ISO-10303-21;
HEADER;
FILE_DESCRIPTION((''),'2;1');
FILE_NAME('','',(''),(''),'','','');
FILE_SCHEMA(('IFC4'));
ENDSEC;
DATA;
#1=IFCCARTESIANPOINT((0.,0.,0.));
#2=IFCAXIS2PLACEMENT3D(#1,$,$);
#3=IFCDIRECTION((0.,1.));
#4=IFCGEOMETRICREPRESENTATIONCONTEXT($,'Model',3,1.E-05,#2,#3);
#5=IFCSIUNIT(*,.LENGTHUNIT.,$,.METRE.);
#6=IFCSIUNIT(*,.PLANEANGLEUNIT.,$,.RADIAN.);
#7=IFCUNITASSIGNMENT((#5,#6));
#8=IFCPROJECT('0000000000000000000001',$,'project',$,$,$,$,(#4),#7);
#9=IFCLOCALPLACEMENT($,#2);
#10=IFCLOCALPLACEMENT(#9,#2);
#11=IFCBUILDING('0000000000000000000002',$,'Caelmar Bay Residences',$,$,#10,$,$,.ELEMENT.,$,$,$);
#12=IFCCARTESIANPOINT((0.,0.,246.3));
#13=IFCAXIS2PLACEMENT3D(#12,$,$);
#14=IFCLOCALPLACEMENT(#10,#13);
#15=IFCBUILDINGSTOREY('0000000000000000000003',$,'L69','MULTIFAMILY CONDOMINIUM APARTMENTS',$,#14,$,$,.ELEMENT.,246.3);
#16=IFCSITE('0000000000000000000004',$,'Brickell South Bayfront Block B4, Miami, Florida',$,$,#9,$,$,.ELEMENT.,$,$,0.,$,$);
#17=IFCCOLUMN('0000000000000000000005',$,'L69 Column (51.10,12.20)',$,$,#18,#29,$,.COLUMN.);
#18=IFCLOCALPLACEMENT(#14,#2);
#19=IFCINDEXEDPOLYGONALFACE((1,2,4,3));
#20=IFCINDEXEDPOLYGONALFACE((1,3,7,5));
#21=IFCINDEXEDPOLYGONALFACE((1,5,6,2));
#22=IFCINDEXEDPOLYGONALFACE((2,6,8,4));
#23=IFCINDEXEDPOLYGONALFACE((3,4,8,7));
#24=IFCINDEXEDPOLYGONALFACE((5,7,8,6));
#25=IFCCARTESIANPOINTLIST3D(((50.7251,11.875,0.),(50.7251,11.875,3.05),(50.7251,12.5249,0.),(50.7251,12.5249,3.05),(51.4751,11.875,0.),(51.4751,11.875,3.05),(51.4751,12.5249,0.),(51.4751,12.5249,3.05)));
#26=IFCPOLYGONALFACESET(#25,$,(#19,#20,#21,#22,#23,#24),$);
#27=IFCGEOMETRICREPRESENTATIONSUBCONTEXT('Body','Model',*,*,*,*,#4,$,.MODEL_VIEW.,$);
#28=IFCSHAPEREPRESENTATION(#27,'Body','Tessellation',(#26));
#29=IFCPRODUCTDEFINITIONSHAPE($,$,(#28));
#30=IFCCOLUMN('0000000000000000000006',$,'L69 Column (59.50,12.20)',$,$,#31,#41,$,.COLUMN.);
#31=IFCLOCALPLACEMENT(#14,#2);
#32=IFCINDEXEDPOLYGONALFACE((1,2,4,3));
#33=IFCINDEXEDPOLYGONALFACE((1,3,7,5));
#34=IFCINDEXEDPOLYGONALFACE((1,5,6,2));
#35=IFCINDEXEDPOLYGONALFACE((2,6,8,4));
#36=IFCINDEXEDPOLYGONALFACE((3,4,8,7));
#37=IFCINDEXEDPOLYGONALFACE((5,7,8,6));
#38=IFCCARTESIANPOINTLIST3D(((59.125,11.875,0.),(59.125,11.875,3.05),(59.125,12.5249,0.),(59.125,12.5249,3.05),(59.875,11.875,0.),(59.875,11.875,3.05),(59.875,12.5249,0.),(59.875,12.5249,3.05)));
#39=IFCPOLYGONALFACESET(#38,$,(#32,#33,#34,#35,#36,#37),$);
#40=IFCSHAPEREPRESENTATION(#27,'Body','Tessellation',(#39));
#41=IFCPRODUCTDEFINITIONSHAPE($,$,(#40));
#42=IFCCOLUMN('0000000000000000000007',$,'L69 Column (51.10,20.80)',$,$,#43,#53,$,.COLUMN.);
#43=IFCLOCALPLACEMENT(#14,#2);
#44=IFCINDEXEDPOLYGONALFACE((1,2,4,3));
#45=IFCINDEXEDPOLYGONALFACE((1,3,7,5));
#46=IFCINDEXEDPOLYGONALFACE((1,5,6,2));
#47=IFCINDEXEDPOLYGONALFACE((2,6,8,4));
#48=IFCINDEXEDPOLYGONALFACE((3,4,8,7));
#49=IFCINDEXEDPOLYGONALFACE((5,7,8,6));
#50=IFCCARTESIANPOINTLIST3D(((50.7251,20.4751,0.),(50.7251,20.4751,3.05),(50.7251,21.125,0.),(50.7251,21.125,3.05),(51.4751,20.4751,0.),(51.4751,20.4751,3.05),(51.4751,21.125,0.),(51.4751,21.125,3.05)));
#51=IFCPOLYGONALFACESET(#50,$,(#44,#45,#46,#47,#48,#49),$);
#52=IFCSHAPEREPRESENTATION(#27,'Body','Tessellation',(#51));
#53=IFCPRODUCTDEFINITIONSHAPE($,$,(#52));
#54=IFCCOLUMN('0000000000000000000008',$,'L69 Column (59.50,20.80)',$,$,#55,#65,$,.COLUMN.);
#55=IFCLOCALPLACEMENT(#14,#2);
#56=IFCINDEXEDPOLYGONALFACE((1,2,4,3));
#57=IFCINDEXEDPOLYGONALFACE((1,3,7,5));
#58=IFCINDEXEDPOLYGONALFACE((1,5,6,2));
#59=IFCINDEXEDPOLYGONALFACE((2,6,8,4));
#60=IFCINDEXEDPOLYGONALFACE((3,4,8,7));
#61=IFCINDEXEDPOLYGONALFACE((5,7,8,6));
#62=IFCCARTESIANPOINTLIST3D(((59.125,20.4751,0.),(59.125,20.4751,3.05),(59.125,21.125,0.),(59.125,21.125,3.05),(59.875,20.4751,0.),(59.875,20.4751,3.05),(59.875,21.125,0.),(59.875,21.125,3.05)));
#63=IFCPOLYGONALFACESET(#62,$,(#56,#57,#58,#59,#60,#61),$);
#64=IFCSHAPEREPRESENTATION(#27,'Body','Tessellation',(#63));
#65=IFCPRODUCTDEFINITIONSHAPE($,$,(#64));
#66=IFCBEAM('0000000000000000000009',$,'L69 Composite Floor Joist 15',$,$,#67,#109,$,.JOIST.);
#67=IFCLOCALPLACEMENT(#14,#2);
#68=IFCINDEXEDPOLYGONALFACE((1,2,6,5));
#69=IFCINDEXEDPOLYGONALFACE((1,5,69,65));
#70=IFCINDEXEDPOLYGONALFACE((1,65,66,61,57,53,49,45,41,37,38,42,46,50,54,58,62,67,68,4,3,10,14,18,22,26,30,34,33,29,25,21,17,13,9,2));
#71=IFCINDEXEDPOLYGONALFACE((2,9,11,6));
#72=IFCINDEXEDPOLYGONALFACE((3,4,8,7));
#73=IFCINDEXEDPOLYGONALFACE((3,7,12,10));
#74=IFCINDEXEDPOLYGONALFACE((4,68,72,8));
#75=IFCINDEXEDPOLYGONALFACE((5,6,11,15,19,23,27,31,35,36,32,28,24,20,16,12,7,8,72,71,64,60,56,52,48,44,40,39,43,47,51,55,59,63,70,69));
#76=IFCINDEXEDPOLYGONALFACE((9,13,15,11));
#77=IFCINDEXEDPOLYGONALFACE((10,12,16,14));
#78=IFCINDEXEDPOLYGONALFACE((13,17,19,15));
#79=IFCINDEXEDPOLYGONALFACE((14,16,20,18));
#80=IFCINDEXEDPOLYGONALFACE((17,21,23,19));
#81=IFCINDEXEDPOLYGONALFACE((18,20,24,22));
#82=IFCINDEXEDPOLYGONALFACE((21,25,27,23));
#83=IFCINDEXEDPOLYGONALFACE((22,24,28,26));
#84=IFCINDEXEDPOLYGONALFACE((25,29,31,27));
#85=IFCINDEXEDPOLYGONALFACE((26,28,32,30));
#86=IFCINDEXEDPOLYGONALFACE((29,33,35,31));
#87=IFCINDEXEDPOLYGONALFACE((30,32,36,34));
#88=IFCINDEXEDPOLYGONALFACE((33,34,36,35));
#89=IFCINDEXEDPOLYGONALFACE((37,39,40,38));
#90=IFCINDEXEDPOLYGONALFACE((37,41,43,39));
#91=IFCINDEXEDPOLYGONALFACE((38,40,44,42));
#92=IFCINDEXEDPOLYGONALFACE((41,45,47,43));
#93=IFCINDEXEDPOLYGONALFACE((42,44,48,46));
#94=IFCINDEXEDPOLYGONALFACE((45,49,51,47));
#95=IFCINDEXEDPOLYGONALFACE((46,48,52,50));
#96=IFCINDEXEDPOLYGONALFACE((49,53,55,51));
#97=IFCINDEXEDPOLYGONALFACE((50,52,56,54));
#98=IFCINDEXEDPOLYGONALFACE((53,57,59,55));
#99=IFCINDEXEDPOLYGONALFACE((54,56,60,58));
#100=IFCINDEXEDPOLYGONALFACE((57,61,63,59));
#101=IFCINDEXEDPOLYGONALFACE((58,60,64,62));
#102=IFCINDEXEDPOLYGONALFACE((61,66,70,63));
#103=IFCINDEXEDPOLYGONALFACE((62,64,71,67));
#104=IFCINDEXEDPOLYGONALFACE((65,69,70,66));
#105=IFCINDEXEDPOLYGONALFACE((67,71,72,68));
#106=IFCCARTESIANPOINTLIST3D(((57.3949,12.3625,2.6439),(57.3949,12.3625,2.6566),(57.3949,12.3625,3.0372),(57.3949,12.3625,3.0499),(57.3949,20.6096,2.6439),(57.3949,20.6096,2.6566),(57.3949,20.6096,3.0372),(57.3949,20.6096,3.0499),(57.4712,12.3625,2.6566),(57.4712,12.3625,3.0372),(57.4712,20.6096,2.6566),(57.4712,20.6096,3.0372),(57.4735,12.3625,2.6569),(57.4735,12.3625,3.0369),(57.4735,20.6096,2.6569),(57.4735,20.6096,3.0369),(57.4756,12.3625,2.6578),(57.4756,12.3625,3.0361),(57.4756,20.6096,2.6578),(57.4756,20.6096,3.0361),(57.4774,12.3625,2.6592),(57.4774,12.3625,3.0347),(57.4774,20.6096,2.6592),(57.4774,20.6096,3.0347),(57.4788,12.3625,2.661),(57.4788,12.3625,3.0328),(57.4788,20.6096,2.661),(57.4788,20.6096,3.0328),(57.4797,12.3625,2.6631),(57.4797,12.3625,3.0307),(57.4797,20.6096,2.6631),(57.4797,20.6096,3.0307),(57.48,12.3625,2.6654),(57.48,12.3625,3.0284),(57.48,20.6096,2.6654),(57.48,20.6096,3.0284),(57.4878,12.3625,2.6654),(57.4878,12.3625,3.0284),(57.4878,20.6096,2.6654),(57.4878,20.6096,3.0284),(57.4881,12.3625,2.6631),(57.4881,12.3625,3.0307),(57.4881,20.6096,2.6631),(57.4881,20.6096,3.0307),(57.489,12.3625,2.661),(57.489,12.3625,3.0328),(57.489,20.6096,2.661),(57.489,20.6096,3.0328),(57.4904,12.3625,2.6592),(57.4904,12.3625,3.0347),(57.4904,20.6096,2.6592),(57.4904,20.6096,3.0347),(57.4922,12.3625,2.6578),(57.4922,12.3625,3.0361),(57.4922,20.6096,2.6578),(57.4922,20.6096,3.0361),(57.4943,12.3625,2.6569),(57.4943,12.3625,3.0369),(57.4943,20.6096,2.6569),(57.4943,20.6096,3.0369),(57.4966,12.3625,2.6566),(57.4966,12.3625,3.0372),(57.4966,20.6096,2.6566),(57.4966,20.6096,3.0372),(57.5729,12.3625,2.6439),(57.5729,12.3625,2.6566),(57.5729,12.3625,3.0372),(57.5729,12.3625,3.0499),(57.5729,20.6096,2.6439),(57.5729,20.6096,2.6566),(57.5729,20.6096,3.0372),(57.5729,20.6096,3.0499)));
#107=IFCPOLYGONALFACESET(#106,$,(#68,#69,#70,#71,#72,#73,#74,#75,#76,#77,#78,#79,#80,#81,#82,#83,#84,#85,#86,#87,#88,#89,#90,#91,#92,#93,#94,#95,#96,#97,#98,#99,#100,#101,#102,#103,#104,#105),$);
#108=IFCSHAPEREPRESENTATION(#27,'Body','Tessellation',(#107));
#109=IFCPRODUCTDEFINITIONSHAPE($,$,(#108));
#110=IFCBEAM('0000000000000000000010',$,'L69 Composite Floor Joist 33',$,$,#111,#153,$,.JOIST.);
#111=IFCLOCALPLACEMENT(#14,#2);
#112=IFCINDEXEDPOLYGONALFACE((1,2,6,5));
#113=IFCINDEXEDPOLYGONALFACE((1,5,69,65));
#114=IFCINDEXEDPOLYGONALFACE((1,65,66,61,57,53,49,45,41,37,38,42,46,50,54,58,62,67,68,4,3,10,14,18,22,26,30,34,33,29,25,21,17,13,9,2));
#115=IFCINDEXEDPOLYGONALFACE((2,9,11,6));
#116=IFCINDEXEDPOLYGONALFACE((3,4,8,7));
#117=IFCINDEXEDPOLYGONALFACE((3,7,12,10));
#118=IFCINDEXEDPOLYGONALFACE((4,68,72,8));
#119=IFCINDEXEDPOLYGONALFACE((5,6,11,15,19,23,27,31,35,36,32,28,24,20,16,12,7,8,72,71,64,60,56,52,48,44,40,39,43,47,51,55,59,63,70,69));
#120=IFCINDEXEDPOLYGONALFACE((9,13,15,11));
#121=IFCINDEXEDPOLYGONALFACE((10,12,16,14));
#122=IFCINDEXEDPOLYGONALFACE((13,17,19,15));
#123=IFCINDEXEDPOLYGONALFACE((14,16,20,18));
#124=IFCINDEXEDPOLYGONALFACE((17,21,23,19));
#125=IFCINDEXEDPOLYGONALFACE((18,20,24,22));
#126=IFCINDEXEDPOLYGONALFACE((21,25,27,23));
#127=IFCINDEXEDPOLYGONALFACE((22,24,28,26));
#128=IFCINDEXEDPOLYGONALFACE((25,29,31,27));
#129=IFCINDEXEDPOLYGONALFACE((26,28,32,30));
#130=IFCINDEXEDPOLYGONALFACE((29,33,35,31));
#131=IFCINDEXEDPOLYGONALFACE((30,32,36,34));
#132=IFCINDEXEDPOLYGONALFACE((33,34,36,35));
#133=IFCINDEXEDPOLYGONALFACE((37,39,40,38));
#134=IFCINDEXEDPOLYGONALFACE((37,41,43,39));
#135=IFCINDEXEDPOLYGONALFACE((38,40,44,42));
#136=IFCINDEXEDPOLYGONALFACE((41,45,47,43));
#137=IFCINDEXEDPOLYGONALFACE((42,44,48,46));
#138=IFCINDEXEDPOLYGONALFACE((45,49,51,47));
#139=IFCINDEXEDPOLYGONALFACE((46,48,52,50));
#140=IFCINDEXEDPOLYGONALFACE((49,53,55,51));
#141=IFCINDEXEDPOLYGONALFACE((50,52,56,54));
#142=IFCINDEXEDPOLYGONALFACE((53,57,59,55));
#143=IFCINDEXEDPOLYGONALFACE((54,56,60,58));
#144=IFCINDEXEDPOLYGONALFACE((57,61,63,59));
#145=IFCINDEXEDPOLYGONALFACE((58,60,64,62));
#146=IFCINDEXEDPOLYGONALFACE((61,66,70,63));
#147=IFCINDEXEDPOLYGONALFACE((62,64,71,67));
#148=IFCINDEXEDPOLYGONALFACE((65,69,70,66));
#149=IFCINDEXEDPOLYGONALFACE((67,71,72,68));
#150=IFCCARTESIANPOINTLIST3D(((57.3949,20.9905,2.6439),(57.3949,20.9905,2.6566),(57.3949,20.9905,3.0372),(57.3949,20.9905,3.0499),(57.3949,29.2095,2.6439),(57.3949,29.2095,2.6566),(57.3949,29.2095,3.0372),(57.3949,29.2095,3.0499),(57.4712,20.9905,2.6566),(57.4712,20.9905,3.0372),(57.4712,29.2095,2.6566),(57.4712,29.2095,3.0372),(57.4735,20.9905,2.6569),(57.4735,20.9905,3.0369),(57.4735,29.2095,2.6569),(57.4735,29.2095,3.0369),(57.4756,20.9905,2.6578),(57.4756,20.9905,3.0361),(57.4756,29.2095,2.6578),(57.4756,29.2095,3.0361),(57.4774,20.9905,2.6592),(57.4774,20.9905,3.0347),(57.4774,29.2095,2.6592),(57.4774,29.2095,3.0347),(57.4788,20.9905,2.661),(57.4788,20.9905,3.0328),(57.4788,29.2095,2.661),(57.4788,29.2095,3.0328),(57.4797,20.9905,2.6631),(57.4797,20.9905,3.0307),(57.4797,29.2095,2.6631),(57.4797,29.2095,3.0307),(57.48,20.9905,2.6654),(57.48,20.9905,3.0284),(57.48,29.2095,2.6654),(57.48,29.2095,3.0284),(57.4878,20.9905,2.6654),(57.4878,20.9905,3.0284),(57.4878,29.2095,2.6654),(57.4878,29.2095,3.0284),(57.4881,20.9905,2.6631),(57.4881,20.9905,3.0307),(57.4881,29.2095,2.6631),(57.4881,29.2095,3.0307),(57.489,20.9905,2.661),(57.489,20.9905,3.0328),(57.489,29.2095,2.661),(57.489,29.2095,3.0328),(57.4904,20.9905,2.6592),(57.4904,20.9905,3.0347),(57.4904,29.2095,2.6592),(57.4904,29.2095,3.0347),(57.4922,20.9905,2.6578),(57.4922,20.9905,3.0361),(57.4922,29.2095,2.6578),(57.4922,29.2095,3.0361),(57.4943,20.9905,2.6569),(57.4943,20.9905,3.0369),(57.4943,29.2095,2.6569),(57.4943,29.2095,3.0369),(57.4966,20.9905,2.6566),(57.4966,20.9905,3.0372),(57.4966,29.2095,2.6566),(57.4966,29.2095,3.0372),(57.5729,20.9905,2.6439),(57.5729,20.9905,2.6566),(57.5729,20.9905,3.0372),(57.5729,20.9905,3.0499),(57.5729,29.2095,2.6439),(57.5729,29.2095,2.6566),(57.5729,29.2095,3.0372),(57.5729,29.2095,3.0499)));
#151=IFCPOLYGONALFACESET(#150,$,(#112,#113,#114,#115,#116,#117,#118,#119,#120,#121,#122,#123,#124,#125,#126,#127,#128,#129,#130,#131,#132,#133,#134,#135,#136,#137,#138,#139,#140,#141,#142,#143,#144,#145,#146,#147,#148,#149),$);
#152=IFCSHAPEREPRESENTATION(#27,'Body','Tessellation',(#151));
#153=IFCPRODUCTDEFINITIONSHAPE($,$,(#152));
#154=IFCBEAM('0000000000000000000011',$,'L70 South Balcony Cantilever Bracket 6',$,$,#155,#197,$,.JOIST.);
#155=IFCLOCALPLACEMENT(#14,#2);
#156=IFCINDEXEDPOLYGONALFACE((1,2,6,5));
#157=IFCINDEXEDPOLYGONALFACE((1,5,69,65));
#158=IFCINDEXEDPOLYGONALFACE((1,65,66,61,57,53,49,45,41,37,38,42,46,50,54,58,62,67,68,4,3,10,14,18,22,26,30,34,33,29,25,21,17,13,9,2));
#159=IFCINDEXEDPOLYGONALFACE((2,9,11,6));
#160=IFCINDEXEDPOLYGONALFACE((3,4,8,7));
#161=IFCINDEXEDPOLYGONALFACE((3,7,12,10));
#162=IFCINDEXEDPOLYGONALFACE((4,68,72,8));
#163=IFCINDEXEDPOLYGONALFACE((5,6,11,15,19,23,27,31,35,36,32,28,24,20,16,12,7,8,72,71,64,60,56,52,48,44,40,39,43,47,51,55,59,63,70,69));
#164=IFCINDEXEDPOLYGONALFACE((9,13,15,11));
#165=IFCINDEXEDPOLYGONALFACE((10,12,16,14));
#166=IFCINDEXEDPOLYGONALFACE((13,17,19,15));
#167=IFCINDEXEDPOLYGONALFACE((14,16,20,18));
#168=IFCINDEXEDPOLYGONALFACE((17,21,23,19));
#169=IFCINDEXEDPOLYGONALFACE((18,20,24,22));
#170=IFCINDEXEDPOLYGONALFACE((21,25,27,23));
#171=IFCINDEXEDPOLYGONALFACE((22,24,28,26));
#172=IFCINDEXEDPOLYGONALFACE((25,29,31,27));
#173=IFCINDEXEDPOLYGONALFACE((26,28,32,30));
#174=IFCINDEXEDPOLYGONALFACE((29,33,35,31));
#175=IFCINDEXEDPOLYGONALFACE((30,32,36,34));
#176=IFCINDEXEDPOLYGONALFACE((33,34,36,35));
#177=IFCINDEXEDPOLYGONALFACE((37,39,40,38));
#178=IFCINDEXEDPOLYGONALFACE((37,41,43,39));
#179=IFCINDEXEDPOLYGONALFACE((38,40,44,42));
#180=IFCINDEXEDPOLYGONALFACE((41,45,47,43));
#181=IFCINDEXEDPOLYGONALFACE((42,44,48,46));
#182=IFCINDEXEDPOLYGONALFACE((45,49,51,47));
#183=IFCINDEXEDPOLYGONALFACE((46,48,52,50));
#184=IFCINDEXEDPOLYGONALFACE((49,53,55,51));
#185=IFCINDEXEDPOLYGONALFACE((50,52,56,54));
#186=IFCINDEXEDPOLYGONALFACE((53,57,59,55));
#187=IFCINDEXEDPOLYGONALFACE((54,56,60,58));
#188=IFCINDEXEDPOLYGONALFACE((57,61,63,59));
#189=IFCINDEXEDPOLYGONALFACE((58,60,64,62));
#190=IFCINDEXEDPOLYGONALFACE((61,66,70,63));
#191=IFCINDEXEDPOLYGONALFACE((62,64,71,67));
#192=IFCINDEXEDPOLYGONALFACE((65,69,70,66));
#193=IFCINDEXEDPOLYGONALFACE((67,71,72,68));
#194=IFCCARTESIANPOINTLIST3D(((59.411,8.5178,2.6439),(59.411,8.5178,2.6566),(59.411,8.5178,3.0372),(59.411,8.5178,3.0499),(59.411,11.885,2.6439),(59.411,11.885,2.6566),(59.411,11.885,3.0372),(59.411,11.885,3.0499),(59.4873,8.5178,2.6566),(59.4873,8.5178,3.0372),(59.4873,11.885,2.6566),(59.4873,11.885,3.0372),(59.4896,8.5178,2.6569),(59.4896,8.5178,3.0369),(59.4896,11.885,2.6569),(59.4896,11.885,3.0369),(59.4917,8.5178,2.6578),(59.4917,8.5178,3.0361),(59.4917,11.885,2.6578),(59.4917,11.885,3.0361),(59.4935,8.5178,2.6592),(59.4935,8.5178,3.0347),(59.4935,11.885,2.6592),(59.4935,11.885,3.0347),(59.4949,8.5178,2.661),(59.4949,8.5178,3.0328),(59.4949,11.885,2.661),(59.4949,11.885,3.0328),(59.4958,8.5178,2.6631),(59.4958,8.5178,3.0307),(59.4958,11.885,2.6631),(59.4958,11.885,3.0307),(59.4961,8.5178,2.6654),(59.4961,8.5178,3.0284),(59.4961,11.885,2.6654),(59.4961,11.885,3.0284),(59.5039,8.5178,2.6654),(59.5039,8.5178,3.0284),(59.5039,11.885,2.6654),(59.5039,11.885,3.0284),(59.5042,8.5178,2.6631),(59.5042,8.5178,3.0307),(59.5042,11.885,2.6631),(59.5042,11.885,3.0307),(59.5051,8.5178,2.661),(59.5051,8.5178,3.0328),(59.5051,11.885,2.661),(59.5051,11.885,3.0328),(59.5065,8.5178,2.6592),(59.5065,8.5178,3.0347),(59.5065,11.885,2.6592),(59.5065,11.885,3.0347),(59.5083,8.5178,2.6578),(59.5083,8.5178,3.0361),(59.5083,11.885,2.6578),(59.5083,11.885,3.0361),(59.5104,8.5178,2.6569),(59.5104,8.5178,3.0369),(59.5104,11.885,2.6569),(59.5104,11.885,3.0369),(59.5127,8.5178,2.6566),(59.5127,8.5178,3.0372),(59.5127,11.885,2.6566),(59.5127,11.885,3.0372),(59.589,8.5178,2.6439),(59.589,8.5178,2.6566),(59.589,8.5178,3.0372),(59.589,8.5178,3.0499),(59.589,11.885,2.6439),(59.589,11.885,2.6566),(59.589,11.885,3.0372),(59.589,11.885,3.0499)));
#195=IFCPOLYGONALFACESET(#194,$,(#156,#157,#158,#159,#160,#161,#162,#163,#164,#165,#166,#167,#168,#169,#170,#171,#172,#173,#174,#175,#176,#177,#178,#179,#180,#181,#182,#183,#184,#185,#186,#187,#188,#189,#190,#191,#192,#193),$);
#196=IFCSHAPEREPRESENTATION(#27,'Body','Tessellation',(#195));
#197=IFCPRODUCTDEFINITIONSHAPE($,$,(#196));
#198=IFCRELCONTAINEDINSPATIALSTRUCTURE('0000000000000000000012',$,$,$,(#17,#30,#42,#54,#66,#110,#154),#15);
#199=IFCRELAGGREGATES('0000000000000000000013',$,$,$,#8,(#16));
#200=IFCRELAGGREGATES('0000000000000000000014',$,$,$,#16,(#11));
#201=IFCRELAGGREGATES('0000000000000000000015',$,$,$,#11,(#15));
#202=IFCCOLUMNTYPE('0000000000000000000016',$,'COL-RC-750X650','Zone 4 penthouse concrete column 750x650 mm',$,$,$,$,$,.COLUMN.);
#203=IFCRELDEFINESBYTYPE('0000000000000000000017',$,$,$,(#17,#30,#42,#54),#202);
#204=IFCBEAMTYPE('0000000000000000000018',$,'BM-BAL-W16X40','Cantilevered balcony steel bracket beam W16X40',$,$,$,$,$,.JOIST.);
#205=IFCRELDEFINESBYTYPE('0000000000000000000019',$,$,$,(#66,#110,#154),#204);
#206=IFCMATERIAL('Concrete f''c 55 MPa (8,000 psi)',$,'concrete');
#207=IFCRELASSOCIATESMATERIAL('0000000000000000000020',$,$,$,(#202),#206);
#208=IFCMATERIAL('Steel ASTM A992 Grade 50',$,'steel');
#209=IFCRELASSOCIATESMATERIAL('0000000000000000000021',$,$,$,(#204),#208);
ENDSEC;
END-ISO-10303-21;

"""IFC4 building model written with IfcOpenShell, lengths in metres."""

from ifc_helpers import new_model, si_unit, direction, frame, origin, origin_2d, place, context, subcontext, project, spatial, rectangle, i_section, extrude, material, material_profile, profile_set, type_object, element, save


model = new_model("IFC4")

# Units and contexts
model_context = context("Model", 3, precision=1e-05, world=origin(), true_north=direction((0.0, 1.0)))
body_context = subcontext(model_context, "Body", "Model", "MODEL_VIEW")
ifc_project = project(units=[si_unit("LENGTHUNIT", "METRE"), si_unit("PLANEANGLEUNIT", "RADIAN")], contexts=[model_context])

# Site, building, storey
site_placement = place(None, origin())
site = spatial("IfcSite", under=ifc_project, at=site_placement, Name="Brickell South Bayfront Block B4, Miami, Florida", CompositionType="ELEMENT", RefElevation=0.0)
building_placement = place(site_placement, origin())
building = spatial("IfcBuilding", under=site, at=building_placement, Name="Caelmar Bay Residences", CompositionType="ELEMENT")
storey_placement = place(building_placement, frame((0.0, 0.0, 246.3)))
storey = spatial("IfcBuildingStorey", under=building, at=storey_placement, Name="L69", Description="MULTIFAMILY CONDOMINIUM APARTMENTS", CompositionType="ELEMENT", Elevation=246.3)

# Columns
ifc_material_1 = material(Name="Concrete f'c 55 MPa (8,000 psi)", Category="concrete")
ifc_material_profile_1 = material_profile(ifc_material_1, rectangle(XDim=0.75, YDim=0.6499, at=origin_2d()), Name="RC-COL-750X650")
ifc_profile_set_1 = profile_set([ifc_material_profile_1], Name="Concrete f'c 55 MPa (8,000 psi)")
column_type = type_object("IfcColumnType", Name="COL-RC-750X650", Description="Zone 4 penthouse concrete column 750x650 mm", PredefinedType="COLUMN", material=ifc_profile_set_1)
for number, where, z_axis, x_axis, name in (
    (1, (51.1001, 12.2, 0.0), (0.0, 0.0, 1.0), (1.0, 0.0, 0.0), "L69 Column (51.10,12.20)"),
    (2, (59.5, 12.2, 0.0), (0.0, 0.0, 1.0), (1.0, 0.0, 0.0), "L69 Column (59.50,12.20)"),
    (3, (51.1001, 20.8, 0.0), (0.0, 0.0, 1.0), (1.0, 0.0, 0.0), "L69 Column (51.10,20.80)"),
    (4, (59.5, 20.8, 0.0), (0.0, 0.0, 1.0), (1.0, 0.0, 0.0), "L69 Column (59.50,20.80)"),
):
    element("IfcColumn", number, at=place(storey_placement, frame(where, z_axis=z_axis, x_axis=x_axis)), inside=storey, type_object=column_type, Name=name, PredefinedType="COLUMN", context=body_context, shape_type="SweptSolid", body=[
        extrude(rectangle(XDim=0.75, YDim=0.6499, at=origin_2d()), origin(), (0.0, 0.0, 1.0), 3.05),
    ])

# Beams
ifc_material_2 = material(Name="Steel ASTM A992 Grade 50", Category="steel")
ifc_material_profile_2 = material_profile(ifc_material_2, i_section(OverallWidth=0.178, OverallDepth=0.406, WebThickness=0.0078, FlangeThickness=0.0127, FilletRadius=0.0088, at=origin_2d()), Name="W16X40")
ifc_profile_set_2 = profile_set([ifc_material_profile_2], Name="Steel ASTM A992 Grade 50")
beam_type_1 = type_object("IfcBeamType", Name="BM-BAL-W16X40", Description="Cantilevered balcony steel bracket beam W16X40", PredefinedType="JOIST", material=ifc_profile_set_2)
beam_1_placement = place(storey_placement, frame((57.4839, 12.3625, 2.8469), z_axis=(0.0, 1.0, 0.0), x_axis=(-1.0, 0.0, 0.0)))
element("IfcBeam", 5, at=beam_1_placement, inside=storey, type_object=beam_type_1, Name="L69 Composite Floor Joist 15", PredefinedType="JOIST", context=body_context, shape_type="SweptSolid", body=[
    extrude(i_section(OverallWidth=0.178, OverallDepth=0.406, WebThickness=0.0078, FlangeThickness=0.0127, FilletRadius=0.0088, at=origin_2d()), origin(), (0.0, 0.0, 1.0), 8.2471),
])
beam_2_placement = place(storey_placement, frame((57.4839, 20.9905, 2.8469), z_axis=(0.0, 1.0, 0.0), x_axis=(-1.0, 0.0, 0.0)))
element("IfcBeam", 6, at=beam_2_placement, inside=storey, type_object=beam_type_1, Name="L69 Composite Floor Joist 33", PredefinedType="JOIST", context=body_context, shape_type="SweptSolid", body=[
    extrude(i_section(OverallWidth=0.178, OverallDepth=0.406, WebThickness=0.0078, FlangeThickness=0.0127, FilletRadius=0.0088, at=origin_2d()), origin(), (0.0, 0.0, 1.0), 8.219),
])
beam_3_placement = place(storey_placement, frame((59.5, 11.885, 2.8469), z_axis=(0.0, -1.0, 0.0), x_axis=(1.0, 0.0, 0.0)))
element("IfcBeam", 7, at=beam_3_placement, inside=storey, type_object=beam_type_1, Name="L70 South Balcony Cantilever Bracket 6", PredefinedType="JOIST", context=body_context, shape_type="SweptSolid", body=[
    extrude(i_section(OverallWidth=0.178, OverallDepth=0.406, WebThickness=0.0078, FlangeThickness=0.0127, FilletRadius=0.0088, at=origin_2d()), origin(), (0.0, 0.0, 1.0), 3.3672),
])

save(model, "model.ifc")
